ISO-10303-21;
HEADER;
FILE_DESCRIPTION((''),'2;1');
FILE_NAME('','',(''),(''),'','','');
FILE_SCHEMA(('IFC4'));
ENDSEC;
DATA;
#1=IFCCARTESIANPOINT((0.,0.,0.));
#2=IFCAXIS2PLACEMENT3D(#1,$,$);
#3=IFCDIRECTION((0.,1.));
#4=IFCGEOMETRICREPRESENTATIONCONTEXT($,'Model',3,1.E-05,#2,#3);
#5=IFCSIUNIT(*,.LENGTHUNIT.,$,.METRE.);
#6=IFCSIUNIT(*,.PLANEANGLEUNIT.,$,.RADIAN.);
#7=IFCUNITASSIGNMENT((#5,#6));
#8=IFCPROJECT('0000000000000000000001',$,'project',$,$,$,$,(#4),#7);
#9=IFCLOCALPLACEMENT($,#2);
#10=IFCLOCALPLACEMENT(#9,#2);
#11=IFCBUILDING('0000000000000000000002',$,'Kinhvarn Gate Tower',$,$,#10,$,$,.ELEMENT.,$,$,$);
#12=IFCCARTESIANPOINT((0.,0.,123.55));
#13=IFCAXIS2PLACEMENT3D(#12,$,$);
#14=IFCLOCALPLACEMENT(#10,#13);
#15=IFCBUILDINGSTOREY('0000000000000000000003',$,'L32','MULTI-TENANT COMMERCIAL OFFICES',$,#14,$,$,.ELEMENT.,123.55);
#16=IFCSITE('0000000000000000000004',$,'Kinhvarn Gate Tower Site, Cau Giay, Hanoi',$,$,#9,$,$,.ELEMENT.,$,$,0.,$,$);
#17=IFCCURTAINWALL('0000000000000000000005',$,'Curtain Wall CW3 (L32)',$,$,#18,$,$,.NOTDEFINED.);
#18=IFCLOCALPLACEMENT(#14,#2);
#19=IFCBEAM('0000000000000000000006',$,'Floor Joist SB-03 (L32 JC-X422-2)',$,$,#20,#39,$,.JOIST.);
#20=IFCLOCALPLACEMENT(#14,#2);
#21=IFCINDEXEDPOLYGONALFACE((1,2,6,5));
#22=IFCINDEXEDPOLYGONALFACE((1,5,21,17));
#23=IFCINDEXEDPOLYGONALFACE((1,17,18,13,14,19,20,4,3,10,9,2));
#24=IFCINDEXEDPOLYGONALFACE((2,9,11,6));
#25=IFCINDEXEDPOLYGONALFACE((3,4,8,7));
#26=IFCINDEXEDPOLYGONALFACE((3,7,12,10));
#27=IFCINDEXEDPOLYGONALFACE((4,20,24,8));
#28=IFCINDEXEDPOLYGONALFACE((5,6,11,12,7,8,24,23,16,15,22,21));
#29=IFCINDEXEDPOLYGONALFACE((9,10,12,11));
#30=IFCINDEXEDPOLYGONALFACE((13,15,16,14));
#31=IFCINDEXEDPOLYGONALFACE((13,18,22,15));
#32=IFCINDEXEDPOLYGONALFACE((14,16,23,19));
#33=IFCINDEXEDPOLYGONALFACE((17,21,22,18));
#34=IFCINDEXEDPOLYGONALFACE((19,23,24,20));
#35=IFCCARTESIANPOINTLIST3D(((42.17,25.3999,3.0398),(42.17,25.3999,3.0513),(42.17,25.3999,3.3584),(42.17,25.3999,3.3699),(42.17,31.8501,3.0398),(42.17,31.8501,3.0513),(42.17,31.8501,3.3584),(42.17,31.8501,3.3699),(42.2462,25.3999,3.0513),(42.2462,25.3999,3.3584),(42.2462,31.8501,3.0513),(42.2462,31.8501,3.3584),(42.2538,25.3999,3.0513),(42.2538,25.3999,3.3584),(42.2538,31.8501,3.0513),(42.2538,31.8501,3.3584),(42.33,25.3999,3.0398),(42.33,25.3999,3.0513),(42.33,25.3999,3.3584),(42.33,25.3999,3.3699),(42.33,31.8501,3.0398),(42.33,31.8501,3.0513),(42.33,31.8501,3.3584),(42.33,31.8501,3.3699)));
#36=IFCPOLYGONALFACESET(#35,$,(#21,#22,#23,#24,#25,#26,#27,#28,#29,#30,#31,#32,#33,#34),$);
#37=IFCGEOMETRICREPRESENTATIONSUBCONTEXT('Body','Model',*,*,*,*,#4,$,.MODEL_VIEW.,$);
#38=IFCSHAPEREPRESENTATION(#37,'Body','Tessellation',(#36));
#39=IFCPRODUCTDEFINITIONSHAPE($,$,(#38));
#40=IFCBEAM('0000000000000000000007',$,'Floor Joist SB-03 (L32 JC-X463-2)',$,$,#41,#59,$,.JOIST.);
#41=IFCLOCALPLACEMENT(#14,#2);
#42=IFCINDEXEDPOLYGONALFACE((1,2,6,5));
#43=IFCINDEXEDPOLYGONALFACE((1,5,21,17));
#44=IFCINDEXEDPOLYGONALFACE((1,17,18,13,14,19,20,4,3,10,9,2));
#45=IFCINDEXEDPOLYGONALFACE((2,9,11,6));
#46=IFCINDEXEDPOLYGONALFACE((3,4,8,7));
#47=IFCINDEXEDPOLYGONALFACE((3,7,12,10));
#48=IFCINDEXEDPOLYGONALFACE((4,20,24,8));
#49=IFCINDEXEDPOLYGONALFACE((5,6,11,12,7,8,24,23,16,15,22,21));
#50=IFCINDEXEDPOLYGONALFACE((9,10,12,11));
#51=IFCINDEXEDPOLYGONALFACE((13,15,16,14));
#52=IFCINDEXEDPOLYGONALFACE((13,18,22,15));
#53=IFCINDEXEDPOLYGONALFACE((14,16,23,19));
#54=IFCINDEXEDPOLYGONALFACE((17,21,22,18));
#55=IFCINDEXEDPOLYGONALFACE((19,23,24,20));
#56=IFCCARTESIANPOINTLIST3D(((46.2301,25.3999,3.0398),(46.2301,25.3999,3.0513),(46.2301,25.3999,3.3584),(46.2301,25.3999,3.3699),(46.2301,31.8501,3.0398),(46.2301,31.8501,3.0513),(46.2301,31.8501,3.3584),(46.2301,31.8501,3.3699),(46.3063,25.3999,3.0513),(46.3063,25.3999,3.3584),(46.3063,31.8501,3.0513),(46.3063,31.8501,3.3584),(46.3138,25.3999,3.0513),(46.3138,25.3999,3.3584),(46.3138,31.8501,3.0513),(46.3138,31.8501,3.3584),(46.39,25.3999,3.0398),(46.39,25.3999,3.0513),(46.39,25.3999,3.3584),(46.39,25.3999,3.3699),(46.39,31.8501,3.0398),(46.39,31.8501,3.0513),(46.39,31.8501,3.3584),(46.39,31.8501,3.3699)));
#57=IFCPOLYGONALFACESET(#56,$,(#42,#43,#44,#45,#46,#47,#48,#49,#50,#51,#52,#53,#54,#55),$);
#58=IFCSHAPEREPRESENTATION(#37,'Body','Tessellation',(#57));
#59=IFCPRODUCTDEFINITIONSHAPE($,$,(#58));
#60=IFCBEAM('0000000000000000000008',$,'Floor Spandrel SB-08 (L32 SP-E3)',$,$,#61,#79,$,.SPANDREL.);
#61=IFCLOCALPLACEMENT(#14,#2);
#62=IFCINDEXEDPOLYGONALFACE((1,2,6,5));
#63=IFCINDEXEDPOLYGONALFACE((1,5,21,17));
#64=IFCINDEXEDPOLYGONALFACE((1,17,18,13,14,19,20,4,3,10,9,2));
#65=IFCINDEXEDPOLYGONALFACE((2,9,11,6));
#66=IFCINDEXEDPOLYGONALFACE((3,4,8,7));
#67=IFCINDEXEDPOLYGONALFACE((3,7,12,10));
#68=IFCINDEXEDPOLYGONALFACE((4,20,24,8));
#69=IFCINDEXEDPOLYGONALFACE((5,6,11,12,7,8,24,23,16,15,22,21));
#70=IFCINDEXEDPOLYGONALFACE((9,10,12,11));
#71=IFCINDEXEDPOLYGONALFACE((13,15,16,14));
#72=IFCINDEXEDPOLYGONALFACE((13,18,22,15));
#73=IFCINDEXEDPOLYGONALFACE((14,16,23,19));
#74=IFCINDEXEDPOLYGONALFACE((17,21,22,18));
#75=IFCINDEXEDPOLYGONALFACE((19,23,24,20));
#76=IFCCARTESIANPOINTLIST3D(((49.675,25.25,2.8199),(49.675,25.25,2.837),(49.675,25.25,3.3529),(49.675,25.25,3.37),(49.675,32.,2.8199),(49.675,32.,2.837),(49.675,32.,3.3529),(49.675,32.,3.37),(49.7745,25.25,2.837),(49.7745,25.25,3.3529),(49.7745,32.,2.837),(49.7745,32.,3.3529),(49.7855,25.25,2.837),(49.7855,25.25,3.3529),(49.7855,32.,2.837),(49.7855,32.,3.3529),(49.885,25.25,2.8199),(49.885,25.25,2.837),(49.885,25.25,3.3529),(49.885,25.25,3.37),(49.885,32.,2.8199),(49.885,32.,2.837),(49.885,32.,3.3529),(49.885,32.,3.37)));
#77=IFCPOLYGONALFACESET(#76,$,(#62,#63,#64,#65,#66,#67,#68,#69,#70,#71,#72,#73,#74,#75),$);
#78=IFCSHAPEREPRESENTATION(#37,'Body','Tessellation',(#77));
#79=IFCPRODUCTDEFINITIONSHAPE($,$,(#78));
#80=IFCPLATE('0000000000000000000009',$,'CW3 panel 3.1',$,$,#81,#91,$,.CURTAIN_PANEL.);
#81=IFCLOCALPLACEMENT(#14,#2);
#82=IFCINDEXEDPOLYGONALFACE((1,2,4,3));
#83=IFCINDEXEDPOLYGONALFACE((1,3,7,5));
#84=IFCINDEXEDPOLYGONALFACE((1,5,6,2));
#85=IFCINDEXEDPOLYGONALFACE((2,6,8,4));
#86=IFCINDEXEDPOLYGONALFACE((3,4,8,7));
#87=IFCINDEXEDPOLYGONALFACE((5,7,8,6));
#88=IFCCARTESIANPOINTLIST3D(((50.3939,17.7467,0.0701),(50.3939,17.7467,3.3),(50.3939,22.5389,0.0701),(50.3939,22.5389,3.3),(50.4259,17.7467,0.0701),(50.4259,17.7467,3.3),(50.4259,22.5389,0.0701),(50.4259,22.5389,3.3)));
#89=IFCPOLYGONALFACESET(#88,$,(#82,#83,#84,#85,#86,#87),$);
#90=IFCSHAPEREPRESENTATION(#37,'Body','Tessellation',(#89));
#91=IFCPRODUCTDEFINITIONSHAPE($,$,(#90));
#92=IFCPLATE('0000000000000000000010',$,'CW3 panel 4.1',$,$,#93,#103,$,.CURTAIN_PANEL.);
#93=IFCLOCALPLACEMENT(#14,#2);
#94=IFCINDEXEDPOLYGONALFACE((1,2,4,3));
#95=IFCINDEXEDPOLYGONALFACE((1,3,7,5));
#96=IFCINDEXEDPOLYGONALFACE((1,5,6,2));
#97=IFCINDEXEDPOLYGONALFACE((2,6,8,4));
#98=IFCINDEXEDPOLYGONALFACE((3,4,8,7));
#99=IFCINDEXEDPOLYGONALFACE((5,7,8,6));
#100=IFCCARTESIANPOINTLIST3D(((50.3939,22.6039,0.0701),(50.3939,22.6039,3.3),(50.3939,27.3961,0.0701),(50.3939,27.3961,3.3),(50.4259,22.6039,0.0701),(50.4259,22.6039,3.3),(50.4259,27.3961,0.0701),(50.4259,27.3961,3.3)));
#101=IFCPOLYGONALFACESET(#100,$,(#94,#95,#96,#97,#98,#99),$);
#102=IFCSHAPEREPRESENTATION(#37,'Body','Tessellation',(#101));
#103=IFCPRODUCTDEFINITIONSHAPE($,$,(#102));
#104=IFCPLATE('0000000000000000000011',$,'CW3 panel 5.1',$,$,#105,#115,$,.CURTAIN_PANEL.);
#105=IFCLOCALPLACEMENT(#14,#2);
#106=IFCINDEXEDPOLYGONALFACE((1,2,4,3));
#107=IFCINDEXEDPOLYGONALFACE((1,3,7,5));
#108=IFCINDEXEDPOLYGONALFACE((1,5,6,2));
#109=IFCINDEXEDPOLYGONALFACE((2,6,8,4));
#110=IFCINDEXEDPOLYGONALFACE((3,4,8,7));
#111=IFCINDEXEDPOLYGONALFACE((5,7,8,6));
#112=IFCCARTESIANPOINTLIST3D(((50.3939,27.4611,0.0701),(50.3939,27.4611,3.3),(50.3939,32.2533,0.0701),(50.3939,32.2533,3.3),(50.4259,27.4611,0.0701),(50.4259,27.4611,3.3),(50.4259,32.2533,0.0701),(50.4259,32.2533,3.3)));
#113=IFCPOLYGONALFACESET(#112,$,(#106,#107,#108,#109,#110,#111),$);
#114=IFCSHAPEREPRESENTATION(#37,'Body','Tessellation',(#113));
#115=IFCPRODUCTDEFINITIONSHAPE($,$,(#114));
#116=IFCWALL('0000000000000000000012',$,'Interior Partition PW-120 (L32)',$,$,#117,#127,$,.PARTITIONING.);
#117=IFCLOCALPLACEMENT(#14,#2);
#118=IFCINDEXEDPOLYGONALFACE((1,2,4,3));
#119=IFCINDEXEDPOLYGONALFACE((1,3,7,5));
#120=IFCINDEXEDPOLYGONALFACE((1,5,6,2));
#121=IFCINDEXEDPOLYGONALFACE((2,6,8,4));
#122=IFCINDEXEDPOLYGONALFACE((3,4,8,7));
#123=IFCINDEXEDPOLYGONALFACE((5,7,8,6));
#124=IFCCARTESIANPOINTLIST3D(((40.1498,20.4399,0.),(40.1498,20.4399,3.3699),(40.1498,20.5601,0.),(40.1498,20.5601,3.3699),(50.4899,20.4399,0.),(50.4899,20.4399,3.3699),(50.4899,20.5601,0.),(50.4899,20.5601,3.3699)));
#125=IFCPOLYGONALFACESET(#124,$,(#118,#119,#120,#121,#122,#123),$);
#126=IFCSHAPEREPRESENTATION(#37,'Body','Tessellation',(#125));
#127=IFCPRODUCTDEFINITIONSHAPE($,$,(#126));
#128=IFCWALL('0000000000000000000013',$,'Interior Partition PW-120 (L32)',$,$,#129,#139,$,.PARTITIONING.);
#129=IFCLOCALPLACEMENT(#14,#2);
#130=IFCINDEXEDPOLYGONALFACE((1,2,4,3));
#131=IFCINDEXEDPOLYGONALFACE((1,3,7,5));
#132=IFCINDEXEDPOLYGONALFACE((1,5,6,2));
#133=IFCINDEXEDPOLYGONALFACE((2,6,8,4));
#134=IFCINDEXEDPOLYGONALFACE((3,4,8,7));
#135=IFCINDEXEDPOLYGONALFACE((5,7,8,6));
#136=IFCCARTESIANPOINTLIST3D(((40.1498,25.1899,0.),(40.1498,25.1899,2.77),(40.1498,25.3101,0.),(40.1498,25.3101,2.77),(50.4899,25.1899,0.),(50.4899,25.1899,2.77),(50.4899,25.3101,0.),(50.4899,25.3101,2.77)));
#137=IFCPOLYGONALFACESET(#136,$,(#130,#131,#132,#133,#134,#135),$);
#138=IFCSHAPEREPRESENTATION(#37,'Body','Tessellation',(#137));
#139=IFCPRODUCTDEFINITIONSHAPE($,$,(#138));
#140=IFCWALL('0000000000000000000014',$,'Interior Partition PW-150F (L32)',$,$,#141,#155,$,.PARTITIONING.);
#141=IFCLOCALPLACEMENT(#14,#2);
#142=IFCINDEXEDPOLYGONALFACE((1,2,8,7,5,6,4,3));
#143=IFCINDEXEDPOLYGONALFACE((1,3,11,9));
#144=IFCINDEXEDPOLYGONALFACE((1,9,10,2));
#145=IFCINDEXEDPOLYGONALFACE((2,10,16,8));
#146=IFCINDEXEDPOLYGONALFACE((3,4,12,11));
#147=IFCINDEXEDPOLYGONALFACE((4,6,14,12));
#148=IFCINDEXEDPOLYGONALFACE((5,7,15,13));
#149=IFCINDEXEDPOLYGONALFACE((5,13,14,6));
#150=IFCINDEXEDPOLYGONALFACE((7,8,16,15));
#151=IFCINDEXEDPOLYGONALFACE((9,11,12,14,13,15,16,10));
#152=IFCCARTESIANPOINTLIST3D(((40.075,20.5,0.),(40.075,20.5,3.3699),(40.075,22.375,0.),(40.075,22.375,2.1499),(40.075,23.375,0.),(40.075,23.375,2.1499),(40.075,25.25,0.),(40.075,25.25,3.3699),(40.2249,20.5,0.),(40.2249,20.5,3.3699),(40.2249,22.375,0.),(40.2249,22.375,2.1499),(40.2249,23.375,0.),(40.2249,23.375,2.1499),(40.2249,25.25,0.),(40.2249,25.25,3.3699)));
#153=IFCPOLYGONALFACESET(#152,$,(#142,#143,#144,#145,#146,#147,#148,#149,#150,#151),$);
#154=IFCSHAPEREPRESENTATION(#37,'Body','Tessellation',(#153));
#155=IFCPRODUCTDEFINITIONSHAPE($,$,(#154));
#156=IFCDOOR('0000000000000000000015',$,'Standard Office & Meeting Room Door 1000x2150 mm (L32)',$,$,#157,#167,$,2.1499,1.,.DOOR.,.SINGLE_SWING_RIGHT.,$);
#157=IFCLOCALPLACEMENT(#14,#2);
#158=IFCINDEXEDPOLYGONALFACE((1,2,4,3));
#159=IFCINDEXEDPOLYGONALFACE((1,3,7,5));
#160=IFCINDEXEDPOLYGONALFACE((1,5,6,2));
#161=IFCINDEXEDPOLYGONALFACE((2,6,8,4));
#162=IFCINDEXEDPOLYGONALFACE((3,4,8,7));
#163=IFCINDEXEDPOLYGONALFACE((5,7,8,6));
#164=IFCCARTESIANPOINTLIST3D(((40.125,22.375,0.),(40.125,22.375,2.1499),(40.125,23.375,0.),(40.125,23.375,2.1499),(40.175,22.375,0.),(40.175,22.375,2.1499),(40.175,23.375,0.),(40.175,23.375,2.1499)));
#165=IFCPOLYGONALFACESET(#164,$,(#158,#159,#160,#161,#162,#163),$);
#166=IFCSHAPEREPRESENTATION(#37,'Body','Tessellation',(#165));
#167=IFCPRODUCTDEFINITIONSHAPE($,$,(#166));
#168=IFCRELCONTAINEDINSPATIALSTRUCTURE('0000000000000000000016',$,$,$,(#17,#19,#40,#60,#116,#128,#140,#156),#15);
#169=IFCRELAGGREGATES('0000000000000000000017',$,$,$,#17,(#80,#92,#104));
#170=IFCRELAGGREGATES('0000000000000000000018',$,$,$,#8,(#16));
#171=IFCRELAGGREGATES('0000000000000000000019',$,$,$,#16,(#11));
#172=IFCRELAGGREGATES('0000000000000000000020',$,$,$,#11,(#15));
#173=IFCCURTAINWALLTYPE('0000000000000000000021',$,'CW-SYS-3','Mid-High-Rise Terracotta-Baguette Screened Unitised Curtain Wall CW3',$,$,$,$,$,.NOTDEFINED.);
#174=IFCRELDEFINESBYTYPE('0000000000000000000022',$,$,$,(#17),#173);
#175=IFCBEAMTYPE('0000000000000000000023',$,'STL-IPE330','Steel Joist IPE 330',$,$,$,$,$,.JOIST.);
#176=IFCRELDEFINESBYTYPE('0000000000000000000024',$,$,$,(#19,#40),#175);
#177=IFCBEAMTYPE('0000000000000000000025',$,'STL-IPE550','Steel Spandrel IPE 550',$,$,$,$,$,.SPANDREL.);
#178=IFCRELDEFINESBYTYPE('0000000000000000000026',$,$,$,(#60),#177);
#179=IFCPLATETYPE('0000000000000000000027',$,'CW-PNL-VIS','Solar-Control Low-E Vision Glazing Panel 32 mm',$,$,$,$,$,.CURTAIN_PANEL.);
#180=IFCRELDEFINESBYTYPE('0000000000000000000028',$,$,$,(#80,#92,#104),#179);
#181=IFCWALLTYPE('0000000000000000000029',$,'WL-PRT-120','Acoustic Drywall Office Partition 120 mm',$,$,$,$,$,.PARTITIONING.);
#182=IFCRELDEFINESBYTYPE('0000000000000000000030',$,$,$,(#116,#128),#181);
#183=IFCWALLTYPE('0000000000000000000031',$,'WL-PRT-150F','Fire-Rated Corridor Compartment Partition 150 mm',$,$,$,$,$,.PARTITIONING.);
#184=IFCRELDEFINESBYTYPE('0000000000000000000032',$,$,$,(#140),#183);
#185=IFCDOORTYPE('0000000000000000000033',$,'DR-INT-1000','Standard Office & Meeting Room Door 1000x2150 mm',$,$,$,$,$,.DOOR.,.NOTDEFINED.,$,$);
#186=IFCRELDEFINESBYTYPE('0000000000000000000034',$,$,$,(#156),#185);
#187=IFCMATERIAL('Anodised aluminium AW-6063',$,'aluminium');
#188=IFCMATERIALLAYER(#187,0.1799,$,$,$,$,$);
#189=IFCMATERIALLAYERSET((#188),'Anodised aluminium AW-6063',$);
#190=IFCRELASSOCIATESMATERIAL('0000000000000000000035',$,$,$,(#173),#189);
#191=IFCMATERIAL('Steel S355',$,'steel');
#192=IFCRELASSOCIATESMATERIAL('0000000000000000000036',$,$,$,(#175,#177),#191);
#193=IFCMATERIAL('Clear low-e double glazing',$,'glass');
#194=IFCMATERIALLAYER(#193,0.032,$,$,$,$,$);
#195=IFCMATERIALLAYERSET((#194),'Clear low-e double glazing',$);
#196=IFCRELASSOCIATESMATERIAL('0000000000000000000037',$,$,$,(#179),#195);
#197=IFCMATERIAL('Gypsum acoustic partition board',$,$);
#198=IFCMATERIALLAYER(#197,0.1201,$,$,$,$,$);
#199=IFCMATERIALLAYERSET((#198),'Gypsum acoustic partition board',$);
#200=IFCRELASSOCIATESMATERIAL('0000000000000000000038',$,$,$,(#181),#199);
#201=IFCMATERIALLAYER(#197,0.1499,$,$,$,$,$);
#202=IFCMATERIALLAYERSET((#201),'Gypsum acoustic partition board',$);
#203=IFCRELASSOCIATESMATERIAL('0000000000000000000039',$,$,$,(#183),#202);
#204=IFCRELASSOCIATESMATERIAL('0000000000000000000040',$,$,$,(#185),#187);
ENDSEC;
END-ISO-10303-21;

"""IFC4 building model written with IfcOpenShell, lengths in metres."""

from ifc_helpers import new_model, si_unit, direction, frame, frame_2d, origin, origin_2d, place, context, subcontext, project, spatial, rectangle, i_section, extrude, material, layer, layer_set, material_profile, profile_set, type_object, element, fill, aggregate, save


model = new_model("IFC4")

# Units and contexts
model_context = context("Model", 3, precision=1e-05, world=origin(), true_north=direction((0.0, 1.0)))
body_context = subcontext(model_context, "Body", "Model", "MODEL_VIEW")
ifc_project = project(units=[si_unit("LENGTHUNIT", "METRE"), si_unit("PLANEANGLEUNIT", "RADIAN")], contexts=[model_context])

# Site, building, storey
site_placement = place(None, origin())
site = spatial("IfcSite", under=ifc_project, at=site_placement, Name="Kinhvarn Gate Tower Site, Cau Giay, Hanoi", CompositionType="ELEMENT", RefElevation=0.0)
building_placement = place(site_placement, origin())
building = spatial("IfcBuilding", under=site, at=building_placement, Name="Kinhvarn Gate Tower", CompositionType="ELEMENT")
storey_placement = place(building_placement, frame((0.0, 0.0, 123.55)))
storey = spatial("IfcBuildingStorey", under=building, at=storey_placement, Name="L32", Description="MULTI-TENANT COMMERCIAL OFFICES", CompositionType="ELEMENT", Elevation=123.55)

# Curtain wall
ifc_material_1 = material(Name="Anodised aluminium AW-6063", Category="aluminium")
ifc_layer_1 = layer(ifc_material_1, 0.1799)
ifc_layer_set_1 = layer_set([ifc_layer_1], Name="Anodised aluminium AW-6063")
curtain_wall_type = type_object("IfcCurtainWallType", Name="CW-SYS-3", Description="Mid-High-Rise Terracotta-Baguette Screened Unitised Curtain Wall CW3", PredefinedType="NOTDEFINED", material=ifc_layer_set_1)
curtain_wall_placement = place(storey_placement, origin())
curtain_wall = element("IfcCurtainWall", 1, at=curtain_wall_placement, inside=storey, type_object=curtain_wall_type, Name="Curtain Wall CW3 (L32)", PredefinedType="NOTDEFINED")

# Beams
ifc_material_2 = material(Name="Steel S355", Category="steel")
ifc_material_profile_1 = material_profile(ifc_material_2, i_section(OverallWidth=0.1599, OverallDepth=0.3301, WebThickness=0.0076, FlangeThickness=0.0115, at=origin_2d()), Name="IPE 330")
ifc_profile_set_1 = profile_set([ifc_material_profile_1], Name="Steel S355")
beam_type_1 = type_object("IfcBeamType", Name="STL-IPE330", Description="Steel Joist IPE 330", PredefinedType="JOIST", material=ifc_profile_set_1)
for number, where, z_axis, x_axis, name in (
    (2, (42.25, 25.3999, 3.2048), (0.0, 1.0, 0.0), (-1.0, 0.0, 0.0), "Floor Joist SB-03 (L32 JC-X422-2)"),
    (3, (46.3101, 25.3999, 3.2048), (0.0, 1.0, 0.0), (-1.0, 0.0, 0.0), "Floor Joist SB-03 (L32 JC-X463-2)"),
):
    element("IfcBeam", number, at=place(storey_placement, frame(where, z_axis=z_axis, x_axis=x_axis)), inside=storey, type_object=beam_type_1, Name=name, PredefinedType="JOIST", context=body_context, shape_type="SweptSolid", body=[
        extrude(i_section(OverallWidth=0.1599, OverallDepth=0.3301, WebThickness=0.0076, FlangeThickness=0.0115, at=origin_2d()), origin(), (0.0, 0.0, 1.0), 6.4502),
    ])
ifc_material_profile_2 = material_profile(ifc_material_2, i_section(OverallWidth=0.21, OverallDepth=0.55, WebThickness=0.011, FlangeThickness=0.0171, at=origin_2d()), Name="IPE 550")
ifc_profile_set_2 = profile_set([ifc_material_profile_2], Name="Steel S355")
beam_type_2 = type_object("IfcBeamType", Name="STL-IPE550", Description="Steel Spandrel IPE 550", PredefinedType="SPANDREL", material=ifc_profile_set_2)
beam_1_placement = place(storey_placement, frame((49.78, 25.25, 3.095), z_axis=(0.0, 1.0, 0.0), x_axis=(-1.0, 0.0, 0.0)))
element("IfcBeam", 4, at=beam_1_placement, inside=storey, type_object=beam_type_2, Name="Floor Spandrel SB-08 (L32 SP-E3)", PredefinedType="SPANDREL", context=body_context, shape_type="SweptSolid", body=[
    extrude(i_section(OverallWidth=0.21, OverallDepth=0.55, WebThickness=0.011, FlangeThickness=0.0171, at=origin_2d()), origin(), (0.0, 0.0, 1.0), 6.75),
])

# Plates
ifc_material_3 = material(Name="Clear low-e double glazing", Category="glass")
ifc_layer_2 = layer(ifc_material_3, 0.032)
ifc_layer_set_2 = layer_set([ifc_layer_2], Name="Clear low-e double glazing")
plate_type = type_object("IfcPlateType", Name="CW-PNL-VIS", Description="Solar-Control Low-E Vision Glazing Panel 32 mm", PredefinedType="CURTAIN_PANEL", material=ifc_layer_set_2)
plate_1_placement = place(storey_placement, frame((50.4099, 20.1428, 0.0701), z_axis=(0.0, 0.0, 1.0), x_axis=(0.0, 1.0, 0.0)))
plate_1 = element("IfcPlate", 5, at=plate_1_placement, type_object=plate_type, Name="CW3 panel 3.1", PredefinedType="CURTAIN_PANEL", context=body_context, shape_type="SweptSolid", body=[
    extrude(rectangle(XDim=4.7922, YDim=0.032, at=origin_2d()), origin(), (0.0, 0.0, 1.0), 3.23),
])
plate_2_placement = place(storey_placement, frame((50.4099, 25.0, 0.0701), z_axis=(0.0, 0.0, 1.0), x_axis=(0.0, 1.0, 0.0)))
plate_2 = element("IfcPlate", 6, at=plate_2_placement, type_object=plate_type, Name="CW3 panel 4.1", PredefinedType="CURTAIN_PANEL", context=body_context, shape_type="SweptSolid", body=[
    extrude(rectangle(XDim=4.7922, YDim=0.032, at=origin_2d()), origin(), (0.0, 0.0, 1.0), 3.23),
])
plate_3_placement = place(storey_placement, frame((50.4099, 29.8572, 0.0701), z_axis=(0.0, 0.0, 1.0), x_axis=(0.0, 1.0, 0.0)))
plate_3 = element("IfcPlate", 7, at=plate_3_placement, type_object=plate_type, Name="CW3 panel 5.1", PredefinedType="CURTAIN_PANEL", context=body_context, shape_type="SweptSolid", body=[
    extrude(rectangle(XDim=4.7922, YDim=0.032, at=origin_2d()), origin(), (0.0, 0.0, 1.0), 3.23),
])
aggregate(curtain_wall, [plate_1, plate_2, plate_3])

# Walls
ifc_material_4 = material(Name="Gypsum acoustic partition board")
ifc_layer_3 = layer(ifc_material_4, 0.1201)
ifc_layer_set_3 = layer_set([ifc_layer_3], Name="Gypsum acoustic partition board")
wall_type_1 = type_object("IfcWallType", Name="WL-PRT-120", Description="Acoustic Drywall Office Partition 120 mm", PredefinedType="PARTITIONING", material=ifc_layer_set_3)
wall_1_placement = place(storey_placement, frame((40.1499, 20.5, 0.0), z_axis=(0.0, 0.0, 1.0), x_axis=(1.0, 0.0, 0.0)))
element("IfcWall", 8, at=wall_1_placement, inside=storey, type_object=wall_type_1, Name="Interior Partition PW-120 (L32)", PredefinedType="PARTITIONING", context=body_context, shape_type="SweptSolid", body=[
    extrude(rectangle(XDim=10.3401, YDim=0.1201, at=frame_2d((5.1699, 0.0))), origin(), (0.0, 0.0, 1.0), 3.3699),
])
wall_2_placement = place(storey_placement, frame((40.1499, 25.25, 0.0), z_axis=(0.0, 0.0, 1.0), x_axis=(1.0, 0.0, 0.0)))
element("IfcWall", 9, at=wall_2_placement, inside=storey, type_object=wall_type_1, Name="Interior Partition PW-120 (L32)", PredefinedType="PARTITIONING", context=body_context, shape_type="SweptSolid", body=[
    extrude(rectangle(XDim=10.3401, YDim=0.1201, at=frame_2d((5.1699, 0.0))), origin(), (0.0, 0.0, 1.0), 2.77),
])

# Wall, opening, door
ifc_layer_4 = layer(ifc_material_4, 0.1499)
ifc_layer_set_4 = layer_set([ifc_layer_4], Name="Gypsum acoustic partition board")
wall_type_2 = type_object("IfcWallType", Name="WL-PRT-150F", Description="Fire-Rated Corridor Compartment Partition 150 mm", PredefinedType="PARTITIONING", material=ifc_layer_set_4)
wall_3_placement = place(storey_placement, frame((40.1499, 20.5, 0.0), z_axis=(0.0, 0.0, 1.0), x_axis=(0.0, 1.0, 0.0)))
wall_3 = element("IfcWall", 10, at=wall_3_placement, inside=storey, type_object=wall_type_2, Name="Interior Partition PW-150F (L32)", PredefinedType="PARTITIONING", context=body_context, shape_type="SweptSolid", body=[
    extrude(rectangle(XDim=4.75, YDim=0.1499, at=frame_2d((2.375, 0.0))), origin(), (0.0, 0.0, 1.0), 3.3699),
])
opening_1_placement = place(wall_3_placement, frame((1.875, 0.0, 0.0)))
opening_1 = element("IfcOpeningElement", 11, at=opening_1_placement, cuts=wall_3, PredefinedType="OPENING", context=body_context, shape_type="SweptSolid", body=[
    extrude(rectangle(XDim=1.0, YDim=2.1499, at=frame_2d((0.5, 1.075))), frame((0.0, 0.085, 0.0), z_axis=(0.0, -1.0, 0.0), x_axis=(1.0, 0.0, 0.0)), (0.0, 0.0, 1.0), 0.1699),
])
door_type = type_object("IfcDoorType", Name="DR-INT-1000", Description="Standard Office & Meeting Room Door 1000x2150 mm", OperationType="NOTDEFINED", PredefinedType="DOOR", material=ifc_material_1)
door_1_placement = place(opening_1_placement, origin())
door_1 = element("IfcDoor", 12, at=door_1_placement, inside=storey, type_object=door_type, Name="Standard Office & Meeting Room Door 1000x2150 mm (L32)", OperationType="SINGLE_SWING_RIGHT", OverallHeight=2.1499, OverallWidth=1.0, PredefinedType="DOOR", context=body_context, shape_type="SweptSolid", body=[
    extrude(rectangle(XDim=1.0, YDim=2.1499, at=frame_2d((0.5, 1.075))), frame((0.0, 0.0249, 0.0), z_axis=(0.0, -1.0, 0.0), x_axis=(1.0, 0.0, 0.0)), (0.0, 0.0, 1.0), 0.05),
])
fill(opening_1, door_1)

save(model, "model.ifc")
